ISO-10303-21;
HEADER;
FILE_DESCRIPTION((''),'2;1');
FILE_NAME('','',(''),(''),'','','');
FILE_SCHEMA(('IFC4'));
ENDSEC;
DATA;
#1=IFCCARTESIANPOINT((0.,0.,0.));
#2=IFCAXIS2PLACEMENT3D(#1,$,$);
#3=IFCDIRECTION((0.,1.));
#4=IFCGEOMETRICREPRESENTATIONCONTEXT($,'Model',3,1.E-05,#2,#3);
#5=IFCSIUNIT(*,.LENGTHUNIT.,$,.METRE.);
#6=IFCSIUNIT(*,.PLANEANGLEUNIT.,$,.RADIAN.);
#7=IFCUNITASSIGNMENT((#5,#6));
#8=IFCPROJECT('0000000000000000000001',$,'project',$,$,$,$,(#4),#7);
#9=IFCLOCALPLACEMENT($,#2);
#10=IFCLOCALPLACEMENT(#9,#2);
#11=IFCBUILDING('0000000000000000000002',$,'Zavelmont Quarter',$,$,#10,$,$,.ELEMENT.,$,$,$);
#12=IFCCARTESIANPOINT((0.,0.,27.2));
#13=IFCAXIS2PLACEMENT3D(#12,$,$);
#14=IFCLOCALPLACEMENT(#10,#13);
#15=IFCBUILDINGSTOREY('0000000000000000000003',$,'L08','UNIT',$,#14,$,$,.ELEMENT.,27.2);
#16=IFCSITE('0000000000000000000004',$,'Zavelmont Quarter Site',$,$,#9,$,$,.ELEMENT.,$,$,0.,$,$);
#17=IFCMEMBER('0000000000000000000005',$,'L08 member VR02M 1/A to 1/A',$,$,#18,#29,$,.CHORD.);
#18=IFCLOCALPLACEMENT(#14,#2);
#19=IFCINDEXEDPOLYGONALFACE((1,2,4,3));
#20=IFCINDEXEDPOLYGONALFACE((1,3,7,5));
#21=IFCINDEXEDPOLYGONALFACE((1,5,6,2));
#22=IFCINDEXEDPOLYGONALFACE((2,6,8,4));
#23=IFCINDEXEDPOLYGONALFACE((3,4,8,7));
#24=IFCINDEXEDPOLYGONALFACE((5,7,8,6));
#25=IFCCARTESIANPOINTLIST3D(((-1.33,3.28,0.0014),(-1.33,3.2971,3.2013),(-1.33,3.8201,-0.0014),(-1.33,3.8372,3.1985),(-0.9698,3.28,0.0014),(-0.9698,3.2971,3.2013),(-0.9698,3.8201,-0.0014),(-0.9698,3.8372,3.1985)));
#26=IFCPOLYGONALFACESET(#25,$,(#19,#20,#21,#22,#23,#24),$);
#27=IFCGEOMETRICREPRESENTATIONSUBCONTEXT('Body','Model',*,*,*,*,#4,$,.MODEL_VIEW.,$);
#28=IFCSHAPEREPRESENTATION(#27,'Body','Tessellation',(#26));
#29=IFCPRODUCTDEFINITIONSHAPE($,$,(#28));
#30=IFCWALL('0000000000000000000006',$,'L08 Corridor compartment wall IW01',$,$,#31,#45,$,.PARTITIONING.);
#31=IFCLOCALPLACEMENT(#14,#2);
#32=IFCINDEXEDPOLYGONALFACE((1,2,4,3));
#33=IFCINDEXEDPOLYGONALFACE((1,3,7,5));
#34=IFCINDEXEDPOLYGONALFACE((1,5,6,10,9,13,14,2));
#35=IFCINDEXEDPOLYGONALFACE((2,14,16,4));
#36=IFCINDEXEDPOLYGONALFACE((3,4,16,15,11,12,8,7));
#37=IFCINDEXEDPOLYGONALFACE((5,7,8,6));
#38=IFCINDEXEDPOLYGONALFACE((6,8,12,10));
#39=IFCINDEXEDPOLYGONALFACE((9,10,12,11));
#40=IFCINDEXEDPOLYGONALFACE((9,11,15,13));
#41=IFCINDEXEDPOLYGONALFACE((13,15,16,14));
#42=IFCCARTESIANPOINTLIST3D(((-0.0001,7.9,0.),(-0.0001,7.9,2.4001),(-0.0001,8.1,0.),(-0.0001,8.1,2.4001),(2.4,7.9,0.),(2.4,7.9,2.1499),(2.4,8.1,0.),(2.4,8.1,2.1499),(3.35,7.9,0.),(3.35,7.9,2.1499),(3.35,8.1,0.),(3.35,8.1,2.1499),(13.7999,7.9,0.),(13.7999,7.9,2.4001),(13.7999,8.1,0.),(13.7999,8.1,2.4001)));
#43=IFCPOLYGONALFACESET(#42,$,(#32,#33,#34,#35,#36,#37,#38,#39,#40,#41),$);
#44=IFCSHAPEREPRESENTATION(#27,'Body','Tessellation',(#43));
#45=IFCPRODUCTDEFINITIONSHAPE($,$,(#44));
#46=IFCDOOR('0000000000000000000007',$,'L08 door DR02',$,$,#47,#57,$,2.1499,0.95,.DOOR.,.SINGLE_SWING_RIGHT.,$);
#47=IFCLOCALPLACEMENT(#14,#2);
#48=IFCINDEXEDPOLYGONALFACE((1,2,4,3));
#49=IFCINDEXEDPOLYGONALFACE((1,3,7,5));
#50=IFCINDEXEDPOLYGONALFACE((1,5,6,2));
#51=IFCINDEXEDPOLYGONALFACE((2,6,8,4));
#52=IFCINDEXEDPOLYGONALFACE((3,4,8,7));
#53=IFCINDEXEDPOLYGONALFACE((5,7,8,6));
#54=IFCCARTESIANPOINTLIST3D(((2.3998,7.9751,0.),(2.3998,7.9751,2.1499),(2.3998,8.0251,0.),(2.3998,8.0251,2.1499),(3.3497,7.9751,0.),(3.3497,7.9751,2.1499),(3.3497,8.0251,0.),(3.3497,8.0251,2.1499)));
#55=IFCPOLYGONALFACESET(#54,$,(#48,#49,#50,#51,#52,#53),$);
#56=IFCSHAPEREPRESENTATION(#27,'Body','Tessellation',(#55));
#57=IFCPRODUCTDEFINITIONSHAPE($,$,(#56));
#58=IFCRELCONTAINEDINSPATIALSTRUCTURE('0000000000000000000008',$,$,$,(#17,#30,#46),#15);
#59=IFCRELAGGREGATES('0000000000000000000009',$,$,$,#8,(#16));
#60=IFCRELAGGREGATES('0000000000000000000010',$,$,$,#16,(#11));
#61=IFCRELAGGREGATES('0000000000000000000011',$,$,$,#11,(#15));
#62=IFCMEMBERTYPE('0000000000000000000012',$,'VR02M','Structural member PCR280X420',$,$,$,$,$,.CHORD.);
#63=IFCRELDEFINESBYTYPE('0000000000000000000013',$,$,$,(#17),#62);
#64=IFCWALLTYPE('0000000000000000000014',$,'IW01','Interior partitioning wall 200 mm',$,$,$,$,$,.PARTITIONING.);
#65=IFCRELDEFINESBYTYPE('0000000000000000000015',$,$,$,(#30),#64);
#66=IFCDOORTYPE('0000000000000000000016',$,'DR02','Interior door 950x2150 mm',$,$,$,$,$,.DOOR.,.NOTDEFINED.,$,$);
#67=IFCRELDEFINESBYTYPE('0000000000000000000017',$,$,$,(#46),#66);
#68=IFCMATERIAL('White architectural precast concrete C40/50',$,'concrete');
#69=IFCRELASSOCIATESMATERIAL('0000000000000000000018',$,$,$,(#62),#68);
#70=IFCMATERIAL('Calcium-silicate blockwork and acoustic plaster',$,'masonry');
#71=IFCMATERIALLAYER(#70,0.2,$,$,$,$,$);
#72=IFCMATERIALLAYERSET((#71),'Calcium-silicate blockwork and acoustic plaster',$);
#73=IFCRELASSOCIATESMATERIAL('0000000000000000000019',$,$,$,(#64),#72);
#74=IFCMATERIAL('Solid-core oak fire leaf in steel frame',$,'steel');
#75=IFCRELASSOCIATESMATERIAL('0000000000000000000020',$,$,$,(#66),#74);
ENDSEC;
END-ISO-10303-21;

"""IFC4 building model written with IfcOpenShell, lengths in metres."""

from ifc_helpers import new_model, si_unit, direction, frame, frame_2d, origin, origin_2d, place, context, subcontext, project, spatial, rectangle, extrude, material, layer, layer_set, material_profile, profile_set, type_object, element, fill, save


model = new_model("IFC4")

# Units and contexts
model_context = context("Model", 3, precision=1e-05, world=origin(), true_north=direction((0.0, 1.0)))
body_context = subcontext(model_context, "Body", "Model", "MODEL_VIEW")
ifc_project = project(units=[si_unit("LENGTHUNIT", "METRE"), si_unit("PLANEANGLEUNIT", "RADIAN")], contexts=[model_context])

# Site, building, storey
site_placement = place(None, origin())
site = spatial("IfcSite", under=ifc_project, at=site_placement, Name="Zavelmont Quarter Site", CompositionType="ELEMENT", RefElevation=0.0)
building_placement = place(site_placement, origin())
building = spatial("IfcBuilding", under=site, at=building_placement, Name="Zavelmont Quarter", CompositionType="ELEMENT")
storey_placement = place(building_placement, frame((0.0, 0.0, 27.2)))
storey = spatial("IfcBuildingStorey", under=building, at=storey_placement, Name="L08", Description="UNIT", CompositionType="ELEMENT", Elevation=27.2)

# Member
ifc_material_1 = material(Name="White architectural precast concrete C40/50", Category="concrete")
ifc_material_profile_1 = material_profile(ifc_material_1, rectangle(XDim=0.3601, YDim=0.54, at=origin_2d()), Name="PCR280X420")
ifc_profile_set_1 = profile_set([ifc_material_profile_1], Name="White architectural precast concrete C40/50")
member_type = type_object("IfcMemberType", Name="VR02M", Description="Structural member PCR280X420", PredefinedType="CHORD", material=ifc_profile_set_1)
member_placement = place(storey_placement, frame((-1.1499, 3.55, 0.0), z_axis=(0.0, 0.005341, 0.999986), x_axis=(-1.0, 0.0, 0.0)))
element("IfcMember", 1, at=member_placement, inside=storey, type_object=member_type, Name="L08 member VR02M 1/A to 1/A", PredefinedType="CHORD", context=body_context, shape_type="SweptSolid", body=[
    extrude(rectangle(XDim=0.3601, YDim=0.54, at=origin_2d()), origin(), (0.0, 0.0, 1.0), 3.2),
])

# Wall, opening, door
ifc_material_2 = material(Name="Calcium-silicate blockwork and acoustic plaster", Category="masonry")
ifc_layer = layer(ifc_material_2, 0.2)
ifc_layer_set = layer_set([ifc_layer], Name="Calcium-silicate blockwork and acoustic plaster")
wall_type = type_object("IfcWallType", Name="IW01", Description="Interior partitioning wall 200 mm", PredefinedType="PARTITIONING", material=ifc_layer_set)
wall_1_placement = place(storey_placement, frame((0.0, 8.0, 0.0), z_axis=(0.0, 0.0, 1.0), x_axis=(1.0, 0.0, 0.0)))
wall_1 = element("IfcWall", 2, at=wall_1_placement, inside=storey, type_object=wall_type, Name="L08 Corridor compartment wall IW01", PredefinedType="PARTITIONING", context=body_context, shape_type="SweptSolid", body=[
    extrude(rectangle(XDim=13.8, YDim=0.2, at=frame_2d((6.8999, 0.0))), origin(), (0.0, 0.0, 1.0), 2.4001),
])
opening_1_placement = place(wall_1_placement, frame((2.3999, 0.0, 0.0)))
opening_1 = element("IfcOpeningElement", 3, at=opening_1_placement, cuts=wall_1, PredefinedType="OPENING", context=body_context, shape_type="SweptSolid", body=[
    extrude(rectangle(XDim=0.95, YDim=2.1499, at=frame_2d((0.4751, 1.075))), frame((0.0, 0.1118, 0.0), z_axis=(0.0, -1.0, 0.0), x_axis=(1.0, 0.0, 0.0)), (0.0, 0.0, 1.0), 0.2239),
])
ifc_material_3 = material(Name="Solid-core oak fire leaf in steel frame", Category="steel")
door_type = type_object("IfcDoorType", Name="DR02", Description="Interior door 950x2150 mm", OperationType="NOTDEFINED", PredefinedType="DOOR", material=ifc_material_3)
door_1_placement = place(opening_1_placement, frame((0.95, 0.0, 0.0), z_axis=(0.0, 0.0, 1.0), x_axis=(-1.0, 0.0, 0.0)))
door_1 = element("IfcDoor", 4, at=door_1_placement, inside=storey, type_object=door_type, Name="L08 door DR02", OperationType="SINGLE_SWING_RIGHT", OverallHeight=2.1499, OverallWidth=0.95, PredefinedType="DOOR", context=body_context, shape_type="SweptSolid", body=[
    extrude(rectangle(XDim=0.95, YDim=2.1499, at=frame_2d((0.4751, 1.075))), frame((0.0, 0.0249, 0.0), z_axis=(0.0, -1.0, 0.0), x_axis=(1.0, 0.0, 0.0)), (0.0, 0.0, 1.0), 0.05),
])
fill(opening_1, door_1)

save(model, "model.ifc")
